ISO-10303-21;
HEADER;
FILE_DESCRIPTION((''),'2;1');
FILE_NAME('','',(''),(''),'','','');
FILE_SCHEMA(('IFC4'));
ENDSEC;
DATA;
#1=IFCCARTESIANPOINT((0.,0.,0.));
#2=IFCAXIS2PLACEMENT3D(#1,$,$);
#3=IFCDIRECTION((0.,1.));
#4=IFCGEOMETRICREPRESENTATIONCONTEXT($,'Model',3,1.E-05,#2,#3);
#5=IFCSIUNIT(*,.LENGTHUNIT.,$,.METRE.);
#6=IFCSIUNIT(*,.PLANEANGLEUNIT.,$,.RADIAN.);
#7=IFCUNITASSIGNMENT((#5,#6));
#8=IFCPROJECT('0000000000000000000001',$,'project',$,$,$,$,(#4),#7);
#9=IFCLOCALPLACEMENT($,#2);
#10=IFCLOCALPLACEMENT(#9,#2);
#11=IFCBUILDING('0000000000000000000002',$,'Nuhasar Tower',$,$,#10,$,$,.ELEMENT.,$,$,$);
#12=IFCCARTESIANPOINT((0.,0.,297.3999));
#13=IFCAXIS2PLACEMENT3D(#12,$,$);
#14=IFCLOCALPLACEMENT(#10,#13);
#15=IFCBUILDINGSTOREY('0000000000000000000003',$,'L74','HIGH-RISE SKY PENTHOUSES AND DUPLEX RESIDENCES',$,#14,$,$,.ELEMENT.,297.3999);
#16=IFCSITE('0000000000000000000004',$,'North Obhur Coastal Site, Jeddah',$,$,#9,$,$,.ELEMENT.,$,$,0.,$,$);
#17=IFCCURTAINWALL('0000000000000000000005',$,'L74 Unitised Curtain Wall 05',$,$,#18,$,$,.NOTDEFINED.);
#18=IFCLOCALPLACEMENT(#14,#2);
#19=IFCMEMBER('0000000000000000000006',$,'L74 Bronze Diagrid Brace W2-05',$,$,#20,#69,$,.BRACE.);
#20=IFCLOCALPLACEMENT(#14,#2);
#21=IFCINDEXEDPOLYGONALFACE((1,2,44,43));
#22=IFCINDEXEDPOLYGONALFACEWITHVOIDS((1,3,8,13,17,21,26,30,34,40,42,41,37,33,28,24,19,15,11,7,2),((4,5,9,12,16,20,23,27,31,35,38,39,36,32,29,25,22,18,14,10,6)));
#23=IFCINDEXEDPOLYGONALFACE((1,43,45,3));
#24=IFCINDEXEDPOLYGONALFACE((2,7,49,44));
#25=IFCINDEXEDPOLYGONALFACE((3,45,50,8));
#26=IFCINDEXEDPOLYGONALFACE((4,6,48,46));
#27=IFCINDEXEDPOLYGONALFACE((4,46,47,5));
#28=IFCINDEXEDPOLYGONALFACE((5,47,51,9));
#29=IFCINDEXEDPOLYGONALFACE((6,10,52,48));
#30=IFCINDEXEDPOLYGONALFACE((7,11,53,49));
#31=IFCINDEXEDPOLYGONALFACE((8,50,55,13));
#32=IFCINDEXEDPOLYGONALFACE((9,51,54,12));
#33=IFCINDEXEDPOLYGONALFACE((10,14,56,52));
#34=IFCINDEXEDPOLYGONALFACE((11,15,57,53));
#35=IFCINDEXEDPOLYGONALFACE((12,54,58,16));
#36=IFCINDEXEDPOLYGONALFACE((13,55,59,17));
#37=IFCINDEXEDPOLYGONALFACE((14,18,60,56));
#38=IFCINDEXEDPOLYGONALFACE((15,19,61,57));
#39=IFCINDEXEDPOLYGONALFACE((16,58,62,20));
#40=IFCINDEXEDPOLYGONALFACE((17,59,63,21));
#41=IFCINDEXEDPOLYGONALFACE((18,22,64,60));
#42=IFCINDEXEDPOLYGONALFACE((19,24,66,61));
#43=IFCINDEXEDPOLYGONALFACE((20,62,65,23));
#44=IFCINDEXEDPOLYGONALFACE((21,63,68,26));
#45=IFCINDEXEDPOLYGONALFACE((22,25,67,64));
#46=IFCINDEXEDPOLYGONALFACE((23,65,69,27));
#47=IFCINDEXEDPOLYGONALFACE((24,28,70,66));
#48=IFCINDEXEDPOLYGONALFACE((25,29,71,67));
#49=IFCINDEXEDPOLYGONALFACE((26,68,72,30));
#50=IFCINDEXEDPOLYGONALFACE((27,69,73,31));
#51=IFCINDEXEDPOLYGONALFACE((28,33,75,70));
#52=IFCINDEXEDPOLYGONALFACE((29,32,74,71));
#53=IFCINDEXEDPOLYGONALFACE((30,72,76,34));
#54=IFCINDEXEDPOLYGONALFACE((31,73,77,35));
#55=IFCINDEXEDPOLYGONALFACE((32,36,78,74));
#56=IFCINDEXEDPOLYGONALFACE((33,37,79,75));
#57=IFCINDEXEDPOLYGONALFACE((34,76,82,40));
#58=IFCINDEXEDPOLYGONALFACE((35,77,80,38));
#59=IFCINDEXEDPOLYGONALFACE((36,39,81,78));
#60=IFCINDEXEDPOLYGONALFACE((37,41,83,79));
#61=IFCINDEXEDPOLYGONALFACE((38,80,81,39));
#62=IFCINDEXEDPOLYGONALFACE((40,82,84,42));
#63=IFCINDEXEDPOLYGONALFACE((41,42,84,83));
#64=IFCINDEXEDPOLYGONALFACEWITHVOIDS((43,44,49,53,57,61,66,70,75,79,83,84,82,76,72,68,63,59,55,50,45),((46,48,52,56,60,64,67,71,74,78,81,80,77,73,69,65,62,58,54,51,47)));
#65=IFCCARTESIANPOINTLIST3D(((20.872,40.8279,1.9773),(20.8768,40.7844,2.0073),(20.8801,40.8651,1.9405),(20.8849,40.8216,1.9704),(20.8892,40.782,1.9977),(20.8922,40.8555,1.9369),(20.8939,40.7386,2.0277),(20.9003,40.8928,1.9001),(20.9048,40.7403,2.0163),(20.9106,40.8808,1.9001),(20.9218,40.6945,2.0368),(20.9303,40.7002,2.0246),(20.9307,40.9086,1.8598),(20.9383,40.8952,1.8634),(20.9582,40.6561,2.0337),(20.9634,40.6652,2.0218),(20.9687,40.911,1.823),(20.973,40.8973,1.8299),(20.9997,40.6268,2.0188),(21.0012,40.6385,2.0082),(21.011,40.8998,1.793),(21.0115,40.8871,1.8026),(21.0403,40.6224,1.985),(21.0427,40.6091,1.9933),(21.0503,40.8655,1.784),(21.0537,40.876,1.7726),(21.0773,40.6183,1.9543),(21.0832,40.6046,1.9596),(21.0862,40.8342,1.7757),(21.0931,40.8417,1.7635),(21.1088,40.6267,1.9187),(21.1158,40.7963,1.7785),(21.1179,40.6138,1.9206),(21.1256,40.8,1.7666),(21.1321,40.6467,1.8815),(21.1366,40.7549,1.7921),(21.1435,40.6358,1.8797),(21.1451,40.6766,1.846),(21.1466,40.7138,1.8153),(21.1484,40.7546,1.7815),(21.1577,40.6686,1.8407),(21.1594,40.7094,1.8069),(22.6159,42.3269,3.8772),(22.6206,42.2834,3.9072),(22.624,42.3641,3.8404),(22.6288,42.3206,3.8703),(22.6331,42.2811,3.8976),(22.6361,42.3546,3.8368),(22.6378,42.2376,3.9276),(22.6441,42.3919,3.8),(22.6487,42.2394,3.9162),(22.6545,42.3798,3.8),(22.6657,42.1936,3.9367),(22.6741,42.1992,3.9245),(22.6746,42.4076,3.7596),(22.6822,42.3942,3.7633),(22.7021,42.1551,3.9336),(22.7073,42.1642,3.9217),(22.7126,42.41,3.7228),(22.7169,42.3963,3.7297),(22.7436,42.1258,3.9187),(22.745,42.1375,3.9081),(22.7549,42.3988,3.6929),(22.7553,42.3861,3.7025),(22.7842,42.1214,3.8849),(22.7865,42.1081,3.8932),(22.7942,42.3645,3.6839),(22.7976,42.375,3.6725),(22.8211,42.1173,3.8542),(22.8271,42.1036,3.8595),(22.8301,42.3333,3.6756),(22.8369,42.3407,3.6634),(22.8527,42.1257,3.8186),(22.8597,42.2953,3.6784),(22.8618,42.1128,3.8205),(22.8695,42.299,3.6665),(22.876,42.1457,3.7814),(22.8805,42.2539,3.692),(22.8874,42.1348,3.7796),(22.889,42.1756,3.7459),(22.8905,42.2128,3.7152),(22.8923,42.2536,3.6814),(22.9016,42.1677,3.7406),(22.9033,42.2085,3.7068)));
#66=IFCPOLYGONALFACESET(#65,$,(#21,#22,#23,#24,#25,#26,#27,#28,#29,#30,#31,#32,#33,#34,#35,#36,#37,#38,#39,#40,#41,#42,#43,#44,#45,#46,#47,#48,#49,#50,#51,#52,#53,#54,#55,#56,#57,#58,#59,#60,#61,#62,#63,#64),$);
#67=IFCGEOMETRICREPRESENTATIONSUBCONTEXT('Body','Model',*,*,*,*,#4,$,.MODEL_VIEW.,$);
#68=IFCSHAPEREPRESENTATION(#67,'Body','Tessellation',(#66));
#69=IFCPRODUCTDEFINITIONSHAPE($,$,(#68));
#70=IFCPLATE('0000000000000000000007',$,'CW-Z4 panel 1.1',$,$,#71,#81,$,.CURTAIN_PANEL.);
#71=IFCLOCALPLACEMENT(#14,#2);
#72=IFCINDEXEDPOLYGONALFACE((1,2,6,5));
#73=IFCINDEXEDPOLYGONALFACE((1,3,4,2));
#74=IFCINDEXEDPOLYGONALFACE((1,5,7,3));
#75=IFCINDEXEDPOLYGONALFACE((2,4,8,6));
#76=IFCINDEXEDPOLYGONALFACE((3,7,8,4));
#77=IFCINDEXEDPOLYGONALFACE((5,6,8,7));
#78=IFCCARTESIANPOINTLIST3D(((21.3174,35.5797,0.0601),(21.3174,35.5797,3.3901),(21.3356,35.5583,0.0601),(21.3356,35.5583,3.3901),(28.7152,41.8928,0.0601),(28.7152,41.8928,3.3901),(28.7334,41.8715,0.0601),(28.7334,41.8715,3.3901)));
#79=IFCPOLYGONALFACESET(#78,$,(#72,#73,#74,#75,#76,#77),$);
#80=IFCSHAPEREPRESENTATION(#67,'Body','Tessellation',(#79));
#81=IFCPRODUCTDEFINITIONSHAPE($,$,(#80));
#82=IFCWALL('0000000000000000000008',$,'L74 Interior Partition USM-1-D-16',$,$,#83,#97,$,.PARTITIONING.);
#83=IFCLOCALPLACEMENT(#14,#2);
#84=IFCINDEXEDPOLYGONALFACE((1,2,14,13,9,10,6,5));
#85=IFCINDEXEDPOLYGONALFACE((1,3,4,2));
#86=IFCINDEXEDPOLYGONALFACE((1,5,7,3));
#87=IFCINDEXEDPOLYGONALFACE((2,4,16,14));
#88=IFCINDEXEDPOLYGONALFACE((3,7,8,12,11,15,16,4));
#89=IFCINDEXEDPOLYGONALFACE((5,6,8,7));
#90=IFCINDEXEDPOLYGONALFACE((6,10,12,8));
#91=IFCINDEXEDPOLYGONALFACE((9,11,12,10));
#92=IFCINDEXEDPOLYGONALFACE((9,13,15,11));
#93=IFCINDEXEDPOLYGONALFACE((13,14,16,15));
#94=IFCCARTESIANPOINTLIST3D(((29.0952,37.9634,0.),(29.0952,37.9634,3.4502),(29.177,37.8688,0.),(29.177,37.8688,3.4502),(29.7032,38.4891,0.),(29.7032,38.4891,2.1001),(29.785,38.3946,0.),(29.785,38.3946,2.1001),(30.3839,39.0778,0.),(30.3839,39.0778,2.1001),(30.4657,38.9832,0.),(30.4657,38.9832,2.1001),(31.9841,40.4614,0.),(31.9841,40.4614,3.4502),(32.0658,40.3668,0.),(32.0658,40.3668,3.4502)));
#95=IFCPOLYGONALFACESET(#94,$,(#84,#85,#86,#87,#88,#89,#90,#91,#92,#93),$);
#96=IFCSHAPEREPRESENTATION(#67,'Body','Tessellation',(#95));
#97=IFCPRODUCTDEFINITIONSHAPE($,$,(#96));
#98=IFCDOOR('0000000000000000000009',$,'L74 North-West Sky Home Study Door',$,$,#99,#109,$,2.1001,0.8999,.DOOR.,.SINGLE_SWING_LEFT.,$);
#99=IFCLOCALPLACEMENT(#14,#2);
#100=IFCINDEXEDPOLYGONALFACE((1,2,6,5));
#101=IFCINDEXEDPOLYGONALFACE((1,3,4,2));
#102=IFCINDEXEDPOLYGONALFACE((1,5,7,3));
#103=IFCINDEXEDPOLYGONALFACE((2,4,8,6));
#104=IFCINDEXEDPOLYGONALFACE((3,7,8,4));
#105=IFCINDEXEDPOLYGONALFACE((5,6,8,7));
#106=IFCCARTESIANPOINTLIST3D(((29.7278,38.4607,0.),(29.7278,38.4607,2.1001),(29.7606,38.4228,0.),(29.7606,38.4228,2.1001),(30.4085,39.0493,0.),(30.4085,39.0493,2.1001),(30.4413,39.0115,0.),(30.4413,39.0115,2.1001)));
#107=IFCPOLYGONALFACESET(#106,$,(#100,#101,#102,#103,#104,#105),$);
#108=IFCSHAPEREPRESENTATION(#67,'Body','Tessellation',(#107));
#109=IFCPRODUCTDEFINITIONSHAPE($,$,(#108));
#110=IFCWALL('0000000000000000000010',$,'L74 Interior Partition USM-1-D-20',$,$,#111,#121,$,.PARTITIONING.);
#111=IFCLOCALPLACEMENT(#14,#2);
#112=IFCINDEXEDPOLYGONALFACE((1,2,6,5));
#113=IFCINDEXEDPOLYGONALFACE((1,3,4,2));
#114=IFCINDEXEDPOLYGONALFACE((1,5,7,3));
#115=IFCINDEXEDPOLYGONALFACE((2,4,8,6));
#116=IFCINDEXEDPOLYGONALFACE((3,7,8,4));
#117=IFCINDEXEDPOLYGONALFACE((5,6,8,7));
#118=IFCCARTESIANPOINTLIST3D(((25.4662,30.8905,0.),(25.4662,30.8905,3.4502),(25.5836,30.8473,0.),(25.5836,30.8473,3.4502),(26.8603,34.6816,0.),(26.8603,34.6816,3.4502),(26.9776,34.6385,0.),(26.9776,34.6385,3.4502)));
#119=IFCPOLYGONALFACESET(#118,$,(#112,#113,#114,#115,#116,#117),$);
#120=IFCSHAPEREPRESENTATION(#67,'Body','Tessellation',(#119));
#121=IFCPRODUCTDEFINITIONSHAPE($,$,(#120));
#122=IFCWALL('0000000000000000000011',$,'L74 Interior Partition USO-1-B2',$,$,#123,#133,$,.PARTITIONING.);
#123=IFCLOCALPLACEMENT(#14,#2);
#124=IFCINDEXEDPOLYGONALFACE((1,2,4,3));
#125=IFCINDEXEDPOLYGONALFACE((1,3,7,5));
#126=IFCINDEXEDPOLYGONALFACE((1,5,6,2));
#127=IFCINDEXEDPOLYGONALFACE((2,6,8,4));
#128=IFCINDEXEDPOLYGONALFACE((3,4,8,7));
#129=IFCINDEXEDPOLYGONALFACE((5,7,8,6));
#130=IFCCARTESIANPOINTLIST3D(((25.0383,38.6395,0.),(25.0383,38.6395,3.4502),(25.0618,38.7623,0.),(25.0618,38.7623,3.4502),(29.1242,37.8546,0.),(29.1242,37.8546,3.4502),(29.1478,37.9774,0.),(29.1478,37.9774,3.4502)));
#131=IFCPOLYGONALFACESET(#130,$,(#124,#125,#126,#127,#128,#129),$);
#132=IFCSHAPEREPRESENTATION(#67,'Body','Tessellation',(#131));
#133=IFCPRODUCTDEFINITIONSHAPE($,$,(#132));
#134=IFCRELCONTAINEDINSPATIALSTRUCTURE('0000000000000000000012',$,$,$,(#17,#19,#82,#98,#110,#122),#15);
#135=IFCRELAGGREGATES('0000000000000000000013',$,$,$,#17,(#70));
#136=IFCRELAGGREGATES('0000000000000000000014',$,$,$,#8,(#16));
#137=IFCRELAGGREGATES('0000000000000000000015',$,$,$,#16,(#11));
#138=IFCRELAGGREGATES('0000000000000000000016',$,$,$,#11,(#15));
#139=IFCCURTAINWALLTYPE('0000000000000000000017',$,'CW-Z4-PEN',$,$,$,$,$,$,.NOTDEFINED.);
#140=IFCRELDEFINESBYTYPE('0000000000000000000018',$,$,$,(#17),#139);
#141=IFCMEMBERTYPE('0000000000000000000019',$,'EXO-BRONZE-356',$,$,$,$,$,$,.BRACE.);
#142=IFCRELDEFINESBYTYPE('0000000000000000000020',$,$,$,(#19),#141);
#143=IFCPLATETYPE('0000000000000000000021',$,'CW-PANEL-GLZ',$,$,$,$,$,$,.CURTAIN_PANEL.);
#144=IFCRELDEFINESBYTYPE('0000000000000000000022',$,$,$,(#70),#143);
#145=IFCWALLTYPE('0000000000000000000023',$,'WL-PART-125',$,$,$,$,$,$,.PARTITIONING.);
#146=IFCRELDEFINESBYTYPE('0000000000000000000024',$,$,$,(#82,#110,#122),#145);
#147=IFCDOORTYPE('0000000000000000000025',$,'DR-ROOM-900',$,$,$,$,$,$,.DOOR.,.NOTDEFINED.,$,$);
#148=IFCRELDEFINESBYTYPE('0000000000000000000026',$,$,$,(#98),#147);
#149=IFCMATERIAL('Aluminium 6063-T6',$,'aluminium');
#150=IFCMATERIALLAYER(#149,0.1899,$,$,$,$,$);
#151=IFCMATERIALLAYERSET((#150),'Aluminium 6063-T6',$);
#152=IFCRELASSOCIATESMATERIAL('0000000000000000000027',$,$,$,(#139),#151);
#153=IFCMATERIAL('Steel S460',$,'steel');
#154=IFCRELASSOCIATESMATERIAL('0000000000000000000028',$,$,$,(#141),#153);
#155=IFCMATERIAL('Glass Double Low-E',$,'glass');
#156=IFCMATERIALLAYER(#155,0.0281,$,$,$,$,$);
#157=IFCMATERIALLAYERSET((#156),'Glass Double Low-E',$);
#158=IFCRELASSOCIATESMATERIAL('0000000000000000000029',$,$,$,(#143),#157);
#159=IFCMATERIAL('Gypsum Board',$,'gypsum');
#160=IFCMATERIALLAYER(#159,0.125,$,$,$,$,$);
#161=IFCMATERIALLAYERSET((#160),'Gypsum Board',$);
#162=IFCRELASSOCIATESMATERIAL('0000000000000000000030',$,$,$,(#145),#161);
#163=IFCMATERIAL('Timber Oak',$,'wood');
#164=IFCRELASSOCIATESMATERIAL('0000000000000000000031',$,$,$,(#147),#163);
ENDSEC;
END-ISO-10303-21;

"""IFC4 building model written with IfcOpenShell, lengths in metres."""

from ifc_helpers import new_model, si_unit, direction, frame, frame_2d, origin, origin_2d, place, context, subcontext, project, spatial, rectangle, hollow_circle, extrude, material, layer, layer_set, material_profile, profile_set, type_object, element, fill, aggregate, save


model = new_model("IFC4")

# Units and contexts
model_context = context("Model", 3, precision=1e-05, world=origin(), true_north=direction((0.0, 1.0)))
body_context = subcontext(model_context, "Body", "Model", "MODEL_VIEW")
ifc_project = project(units=[si_unit("LENGTHUNIT", "METRE"), si_unit("PLANEANGLEUNIT", "RADIAN")], contexts=[model_context])

# Site, building, storey
site_placement = place(None, origin())
site = spatial("IfcSite", under=ifc_project, at=site_placement, Name="North Obhur Coastal Site, Jeddah", CompositionType="ELEMENT", RefElevation=0.0)
building_placement = place(site_placement, origin())
building = spatial("IfcBuilding", under=site, at=building_placement, Name="Nuhasar Tower", CompositionType="ELEMENT")
storey_placement = place(building_placement, frame((0.0, 0.0, 297.3999)))
storey = spatial("IfcBuildingStorey", under=building, at=storey_placement, Name="L74", Description="HIGH-RISE SKY PENTHOUSES AND DUPLEX RESIDENCES", CompositionType="ELEMENT", Elevation=297.3999)

# Shared definitions
ifc_material_1 = material(Name="Aluminium 6063-T6", Category="aluminium")
ifc_layer_1 = layer(ifc_material_1, 0.1899)
ifc_layer_set_1 = layer_set([ifc_layer_1], Name="Aluminium 6063-T6")
curtain_wall_type = type_object("IfcCurtainWallType", Name="CW-Z4-PEN", PredefinedType="NOTDEFINED", material=ifc_layer_set_1)

# Curtain wall
curtain_wall_1_placement = place(storey_placement, origin())
curtain_wall_1 = element("IfcCurtainWall", 1, at=curtain_wall_1_placement, inside=storey, type_object=curtain_wall_type, Name="L74 Unitised Curtain Wall 05", PredefinedType="NOTDEFINED")

# Member
ifc_material_2 = material(Name="Steel S460", Category="steel")
ifc_material_profile_1 = material_profile(ifc_material_2, hollow_circle(Radius=0.1777, WallThickness=0.0159, at=origin_2d()), Name="HSS355.6X15.9")
ifc_profile_set_1 = profile_set([ifc_material_profile_1], Name="Steel S460")
member_type_1 = type_object("IfcMemberType", Name="EXO-BRONZE-356", PredefinedType="BRACE", material=ifc_profile_set_1)
member_1_placement = place(storey_placement, frame((21.0161, 40.7581, 1.9001), z_axis=(0.584625, 0.502534, 0.636925), x_axis=(-0.651857, 0.758342, 0.0)))
element("IfcMember", 2, at=member_1_placement, inside=storey, type_object=member_type_1, Name="L74 Bronze Diagrid Brace W2-05", PredefinedType="BRACE", context=body_context, shape_type="SweptSolid", body=[
    extrude(hollow_circle(Radius=0.1777, WallThickness=0.0159, at=origin_2d()), origin(), (0.0, 0.0, 1.0), 2.9829),
])

# Plate
ifc_material_3 = material(Name="Glass Double Low-E", Category="glass")
ifc_layer_2 = layer(ifc_material_3, 0.0281)
ifc_layer_set_2 = layer_set([ifc_layer_2], Name="Glass Double Low-E")
plate_type = type_object("IfcPlateType", Name="CW-PANEL-GLZ", PredefinedType="CURTAIN_PANEL", material=ifc_layer_set_2)
plate_placement = place(storey_placement, frame((25.0254, 38.7256, 0.0601), z_axis=(0.0, 0.0, 1.0), x_axis=(-0.760667, -0.649142, 0.0)))
plate = element("IfcPlate", 3, at=plate_placement, type_object=plate_type, Name="CW-Z4 panel 1.1", PredefinedType="CURTAIN_PANEL", context=body_context, shape_type="SweptSolid", body=[
    extrude(rectangle(XDim=9.7253, YDim=0.0281, at=origin_2d()), origin(), (0.0, 0.0, 1.0), 3.3301),
])
aggregate(curtain_wall_1, [plate])

# Wall, opening, door
ifc_material_4 = material(Name="Gypsum Board", Category="gypsum")
ifc_layer_3 = layer(ifc_material_4, 0.125)
ifc_layer_set_3 = layer_set([ifc_layer_3], Name="Gypsum Board")
wall_type = type_object("IfcWallType", Name="WL-PART-125", PredefinedType="PARTITIONING", material=ifc_layer_set_3)
wall_1_placement = place(storey_placement, frame((29.136, 37.916, 0.0), z_axis=(0.0, 0.0, 1.0), x_axis=(0.756425, 0.654081, 0.0)))
wall_1 = element("IfcWall", 4, at=wall_1_placement, inside=storey, type_object=wall_type, Name="L74 Interior Partition USM-1-D-16", PredefinedType="PARTITIONING", context=body_context, shape_type="SweptSolid", body=[
    extrude(rectangle(XDim=3.8191, YDim=0.125, at=frame_2d((1.9097, 0.0))), origin(), (0.0, 0.0, 1.0), 3.4502),
])
opening_placement = place(wall_1_placement, frame((0.804, 0.0, 0.0)))
opening = element("IfcOpeningElement", 5, at=opening_placement, cuts=wall_1, PredefinedType="OPENING", context=body_context, shape_type="SweptSolid", body=[
    extrude(rectangle(XDim=0.8999, YDim=2.1001, at=frame_2d((0.45, 1.05))), frame((0.0, 0.0725, 0.0), z_axis=(0.0, -1.0, 0.0), x_axis=(1.0, 0.0, 0.0)), (0.0, 0.0, 1.0), 0.145),
])
ifc_material_5 = material(Name="Timber Oak", Category="wood")
door_type = type_object("IfcDoorType", Name="DR-ROOM-900", OperationType="NOTDEFINED", PredefinedType="DOOR", material=ifc_material_5)
door_placement = place(opening_placement, origin())
door = element("IfcDoor", 6, at=door_placement, inside=storey, type_object=door_type, Name="L74 North-West Sky Home Study Door", OperationType="SINGLE_SWING_LEFT", OverallHeight=2.1001, OverallWidth=0.8999, PredefinedType="DOOR", context=body_context, shape_type="SweptSolid", body=[
    extrude(rectangle(XDim=0.8999, YDim=2.1001, at=frame_2d((0.45, 1.05))), frame((0.0, 0.0249, 0.0), z_axis=(0.0, -1.0, 0.0), x_axis=(1.0, 0.0, 0.0)), (0.0, 0.0, 1.0), 0.05),
])
fill(opening, door)

# Walls
wall_2_placement = place(storey_placement, frame((26.9189, 34.6599, 0.0), z_axis=(0.0, 0.0, 1.0), x_axis=(-0.345128, -0.938556, 0.0)))
element("IfcWall", 7, at=wall_2_placement, inside=storey, type_object=wall_type, Name="L74 Interior Partition USM-1-D-20", PredefinedType="PARTITIONING", context=body_context, shape_type="SweptSolid", body=[
    extrude(rectangle(XDim=4.0393, YDim=0.125, at=frame_2d((2.0195, 0.0))), origin(), (0.0, 0.0, 1.0), 3.4502),
])
wall_3_placement = place(storey_placement, frame((29.136, 37.916, 0.0), z_axis=(0.0, 0.0, 1.0), x_axis=(-0.982044, 0.188652, 0.0)))
element("IfcWall", 8, at=wall_3_placement, inside=storey, type_object=wall_type, Name="L74 Interior Partition USO-1-B2", PredefinedType="PARTITIONING", context=body_context, shape_type="SweptSolid", body=[
    extrude(rectangle(XDim=4.1606, YDim=0.125, at=frame_2d((2.0803, 0.0))), origin(), (0.0, 0.0, 1.0), 3.4502),
])

save(model, "model.ifc")
